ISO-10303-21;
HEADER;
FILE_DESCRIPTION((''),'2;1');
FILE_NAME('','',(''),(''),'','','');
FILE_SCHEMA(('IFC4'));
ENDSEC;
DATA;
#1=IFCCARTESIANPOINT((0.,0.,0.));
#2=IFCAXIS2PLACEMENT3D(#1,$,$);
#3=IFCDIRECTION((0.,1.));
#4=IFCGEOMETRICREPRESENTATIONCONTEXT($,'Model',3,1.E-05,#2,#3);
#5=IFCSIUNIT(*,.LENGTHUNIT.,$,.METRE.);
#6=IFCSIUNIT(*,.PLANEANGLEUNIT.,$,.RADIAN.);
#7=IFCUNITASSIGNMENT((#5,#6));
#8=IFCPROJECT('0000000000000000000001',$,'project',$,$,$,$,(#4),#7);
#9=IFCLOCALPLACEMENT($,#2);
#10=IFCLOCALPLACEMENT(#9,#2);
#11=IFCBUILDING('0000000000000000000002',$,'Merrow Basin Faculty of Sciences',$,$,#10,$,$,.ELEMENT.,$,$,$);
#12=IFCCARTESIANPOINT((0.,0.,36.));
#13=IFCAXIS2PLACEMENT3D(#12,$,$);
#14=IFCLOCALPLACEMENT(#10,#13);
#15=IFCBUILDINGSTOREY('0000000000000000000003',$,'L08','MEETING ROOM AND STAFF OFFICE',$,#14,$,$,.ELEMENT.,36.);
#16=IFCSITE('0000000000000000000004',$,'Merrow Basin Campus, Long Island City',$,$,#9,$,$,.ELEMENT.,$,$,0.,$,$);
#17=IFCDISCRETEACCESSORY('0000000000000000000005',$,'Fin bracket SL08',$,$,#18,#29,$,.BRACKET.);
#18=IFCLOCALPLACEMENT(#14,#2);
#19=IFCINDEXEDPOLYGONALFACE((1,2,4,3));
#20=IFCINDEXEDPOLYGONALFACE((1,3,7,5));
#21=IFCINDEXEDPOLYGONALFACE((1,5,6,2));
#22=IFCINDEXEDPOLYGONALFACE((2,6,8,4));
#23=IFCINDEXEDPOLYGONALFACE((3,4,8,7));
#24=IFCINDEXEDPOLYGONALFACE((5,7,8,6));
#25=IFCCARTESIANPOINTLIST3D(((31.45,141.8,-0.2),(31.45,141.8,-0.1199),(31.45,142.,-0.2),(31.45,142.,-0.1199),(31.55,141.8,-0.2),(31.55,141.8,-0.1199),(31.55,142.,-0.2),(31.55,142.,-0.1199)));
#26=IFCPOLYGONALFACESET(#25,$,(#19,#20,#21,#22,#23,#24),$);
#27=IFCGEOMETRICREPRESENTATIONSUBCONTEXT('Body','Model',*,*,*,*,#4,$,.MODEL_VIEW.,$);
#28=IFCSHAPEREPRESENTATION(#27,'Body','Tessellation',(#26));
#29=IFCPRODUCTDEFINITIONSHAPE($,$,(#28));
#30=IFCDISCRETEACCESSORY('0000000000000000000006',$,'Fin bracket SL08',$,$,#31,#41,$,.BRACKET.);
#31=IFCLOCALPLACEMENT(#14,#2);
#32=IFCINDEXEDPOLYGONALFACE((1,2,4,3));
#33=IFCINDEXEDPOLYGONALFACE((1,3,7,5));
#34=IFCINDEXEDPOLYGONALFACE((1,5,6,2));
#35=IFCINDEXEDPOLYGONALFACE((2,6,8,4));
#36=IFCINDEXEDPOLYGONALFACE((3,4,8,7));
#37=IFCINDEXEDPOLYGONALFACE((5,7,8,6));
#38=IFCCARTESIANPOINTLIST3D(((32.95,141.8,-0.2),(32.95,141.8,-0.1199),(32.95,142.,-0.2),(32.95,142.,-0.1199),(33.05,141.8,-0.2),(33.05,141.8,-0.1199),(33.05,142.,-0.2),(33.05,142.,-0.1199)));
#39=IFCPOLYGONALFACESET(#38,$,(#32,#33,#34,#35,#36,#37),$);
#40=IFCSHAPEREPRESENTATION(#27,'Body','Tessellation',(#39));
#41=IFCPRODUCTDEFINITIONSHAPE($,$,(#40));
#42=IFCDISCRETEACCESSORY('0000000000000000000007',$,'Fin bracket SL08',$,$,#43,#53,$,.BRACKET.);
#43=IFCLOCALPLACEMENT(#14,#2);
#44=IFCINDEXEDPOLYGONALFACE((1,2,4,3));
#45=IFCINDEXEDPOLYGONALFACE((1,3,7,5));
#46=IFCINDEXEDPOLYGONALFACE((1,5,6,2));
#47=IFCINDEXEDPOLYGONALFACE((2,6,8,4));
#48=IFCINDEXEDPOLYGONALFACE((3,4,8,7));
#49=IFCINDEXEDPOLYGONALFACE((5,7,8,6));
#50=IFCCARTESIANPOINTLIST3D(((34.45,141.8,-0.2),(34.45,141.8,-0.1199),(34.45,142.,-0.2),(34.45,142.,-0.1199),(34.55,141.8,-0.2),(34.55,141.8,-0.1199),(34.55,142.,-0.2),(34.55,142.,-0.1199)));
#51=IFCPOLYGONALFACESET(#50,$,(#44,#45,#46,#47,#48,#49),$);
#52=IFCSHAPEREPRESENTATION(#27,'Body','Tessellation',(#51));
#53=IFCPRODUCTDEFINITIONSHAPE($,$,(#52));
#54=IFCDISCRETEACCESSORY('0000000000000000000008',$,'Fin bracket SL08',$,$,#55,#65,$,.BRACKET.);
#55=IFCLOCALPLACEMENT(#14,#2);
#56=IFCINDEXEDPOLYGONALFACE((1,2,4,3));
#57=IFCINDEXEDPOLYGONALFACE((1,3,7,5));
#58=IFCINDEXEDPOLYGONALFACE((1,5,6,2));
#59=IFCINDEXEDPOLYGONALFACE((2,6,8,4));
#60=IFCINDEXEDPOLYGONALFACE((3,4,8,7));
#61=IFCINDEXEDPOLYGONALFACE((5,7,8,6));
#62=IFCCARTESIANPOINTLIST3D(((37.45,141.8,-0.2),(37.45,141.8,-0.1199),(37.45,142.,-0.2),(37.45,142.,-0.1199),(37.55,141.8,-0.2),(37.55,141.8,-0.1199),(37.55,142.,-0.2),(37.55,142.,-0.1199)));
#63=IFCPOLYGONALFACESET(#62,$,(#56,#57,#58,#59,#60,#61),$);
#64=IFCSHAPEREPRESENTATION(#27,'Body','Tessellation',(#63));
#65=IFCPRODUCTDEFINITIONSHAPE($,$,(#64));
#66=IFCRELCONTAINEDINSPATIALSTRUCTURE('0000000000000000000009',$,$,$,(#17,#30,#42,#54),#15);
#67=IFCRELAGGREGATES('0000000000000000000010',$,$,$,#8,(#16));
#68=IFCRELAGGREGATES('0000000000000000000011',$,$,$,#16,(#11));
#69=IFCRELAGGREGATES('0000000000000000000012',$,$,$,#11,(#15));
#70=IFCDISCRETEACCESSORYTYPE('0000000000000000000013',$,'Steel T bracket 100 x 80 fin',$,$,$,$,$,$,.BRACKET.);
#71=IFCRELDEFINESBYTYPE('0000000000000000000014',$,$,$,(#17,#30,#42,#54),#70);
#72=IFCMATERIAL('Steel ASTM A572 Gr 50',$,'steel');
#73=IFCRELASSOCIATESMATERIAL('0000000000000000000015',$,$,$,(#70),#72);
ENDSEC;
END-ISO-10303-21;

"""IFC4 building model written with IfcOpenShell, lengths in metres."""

from ifc_helpers import new_model, si_unit, direction, frame, origin, place, context, subcontext, project, spatial, polyline, outline, extrude, source, transform, mapped, material, type_object, element, save


model = new_model("IFC4")

# Units and contexts
model_context = context("Model", 3, precision=1e-05, world=origin(), true_north=direction((0.0, 1.0)))
body_context = subcontext(model_context, "Body", "Model", "MODEL_VIEW")
ifc_project = project(units=[si_unit("LENGTHUNIT", "METRE"), si_unit("PLANEANGLEUNIT", "RADIAN")], contexts=[model_context])

# Site, building, storey
site_placement = place(None, origin())
site = spatial("IfcSite", under=ifc_project, at=site_placement, Name="Merrow Basin Campus, Long Island City", CompositionType="ELEMENT", RefElevation=0.0)
building_placement = place(site_placement, origin())
building = spatial("IfcBuilding", under=site, at=building_placement, Name="Merrow Basin Faculty of Sciences", CompositionType="ELEMENT")
storey_placement = place(building_placement, frame((0.0, 0.0, 36.0)))
storey = spatial("IfcBuildingStorey", under=building, at=storey_placement, Name="L08", Description="MEETING ROOM AND STAFF OFFICE", CompositionType="ELEMENT", Elevation=36.0)

# Discrete accessories
ifc_material_1 = material(Name="Steel ASTM A572 Gr 50", Category="steel")
discrete_accessory_type = type_object("IfcDiscreteAccessoryType", Name="Steel T bracket 100 x 80 fin", PredefinedType="BRACKET", material=ifc_material_1)
shared_shape = source(origin(), body_context, "Body", "SweptSolid", [
    extrude(outline(polyline([(0.0, 0.0), (0.1001, 0.0), (0.1001, 0.0801), (0.0, 0.0801), (0.0, 0.0)])), origin(), (0.0, 0.0, 1.0), 0.2),
])
for number, where, z_axis, x_axis, name in (
    (1, (31.45, 142.0, -0.2), (0.0, -1.0, 0.0), (1.0, 0.0, 0.0), "Fin bracket SL08"),
    (2, (32.95, 142.0, -0.2), (0.0, -1.0, 0.0), (1.0, 0.0, 0.0), "Fin bracket SL08"),
    (3, (34.45, 142.0, -0.2), (0.0, -1.0, 0.0), (1.0, 0.0, 0.0), "Fin bracket SL08"),
    (4, (37.45, 142.0, -0.2), (0.0, -1.0, 0.0), (1.0, 0.0, 0.0), "Fin bracket SL08"),
):
    element("IfcDiscreteAccessory", number, at=place(storey_placement, frame(where, z_axis=z_axis, x_axis=x_axis)), inside=storey, type_object=discrete_accessory_type, Name=name, PredefinedType="BRACKET", context=body_context, shape_type="MappedRepresentation", body=[
        mapped(shared_shape, transform((0.0, 0.0, 0.0), scale=1.0)),
    ])

save(model, "model.ifc")
